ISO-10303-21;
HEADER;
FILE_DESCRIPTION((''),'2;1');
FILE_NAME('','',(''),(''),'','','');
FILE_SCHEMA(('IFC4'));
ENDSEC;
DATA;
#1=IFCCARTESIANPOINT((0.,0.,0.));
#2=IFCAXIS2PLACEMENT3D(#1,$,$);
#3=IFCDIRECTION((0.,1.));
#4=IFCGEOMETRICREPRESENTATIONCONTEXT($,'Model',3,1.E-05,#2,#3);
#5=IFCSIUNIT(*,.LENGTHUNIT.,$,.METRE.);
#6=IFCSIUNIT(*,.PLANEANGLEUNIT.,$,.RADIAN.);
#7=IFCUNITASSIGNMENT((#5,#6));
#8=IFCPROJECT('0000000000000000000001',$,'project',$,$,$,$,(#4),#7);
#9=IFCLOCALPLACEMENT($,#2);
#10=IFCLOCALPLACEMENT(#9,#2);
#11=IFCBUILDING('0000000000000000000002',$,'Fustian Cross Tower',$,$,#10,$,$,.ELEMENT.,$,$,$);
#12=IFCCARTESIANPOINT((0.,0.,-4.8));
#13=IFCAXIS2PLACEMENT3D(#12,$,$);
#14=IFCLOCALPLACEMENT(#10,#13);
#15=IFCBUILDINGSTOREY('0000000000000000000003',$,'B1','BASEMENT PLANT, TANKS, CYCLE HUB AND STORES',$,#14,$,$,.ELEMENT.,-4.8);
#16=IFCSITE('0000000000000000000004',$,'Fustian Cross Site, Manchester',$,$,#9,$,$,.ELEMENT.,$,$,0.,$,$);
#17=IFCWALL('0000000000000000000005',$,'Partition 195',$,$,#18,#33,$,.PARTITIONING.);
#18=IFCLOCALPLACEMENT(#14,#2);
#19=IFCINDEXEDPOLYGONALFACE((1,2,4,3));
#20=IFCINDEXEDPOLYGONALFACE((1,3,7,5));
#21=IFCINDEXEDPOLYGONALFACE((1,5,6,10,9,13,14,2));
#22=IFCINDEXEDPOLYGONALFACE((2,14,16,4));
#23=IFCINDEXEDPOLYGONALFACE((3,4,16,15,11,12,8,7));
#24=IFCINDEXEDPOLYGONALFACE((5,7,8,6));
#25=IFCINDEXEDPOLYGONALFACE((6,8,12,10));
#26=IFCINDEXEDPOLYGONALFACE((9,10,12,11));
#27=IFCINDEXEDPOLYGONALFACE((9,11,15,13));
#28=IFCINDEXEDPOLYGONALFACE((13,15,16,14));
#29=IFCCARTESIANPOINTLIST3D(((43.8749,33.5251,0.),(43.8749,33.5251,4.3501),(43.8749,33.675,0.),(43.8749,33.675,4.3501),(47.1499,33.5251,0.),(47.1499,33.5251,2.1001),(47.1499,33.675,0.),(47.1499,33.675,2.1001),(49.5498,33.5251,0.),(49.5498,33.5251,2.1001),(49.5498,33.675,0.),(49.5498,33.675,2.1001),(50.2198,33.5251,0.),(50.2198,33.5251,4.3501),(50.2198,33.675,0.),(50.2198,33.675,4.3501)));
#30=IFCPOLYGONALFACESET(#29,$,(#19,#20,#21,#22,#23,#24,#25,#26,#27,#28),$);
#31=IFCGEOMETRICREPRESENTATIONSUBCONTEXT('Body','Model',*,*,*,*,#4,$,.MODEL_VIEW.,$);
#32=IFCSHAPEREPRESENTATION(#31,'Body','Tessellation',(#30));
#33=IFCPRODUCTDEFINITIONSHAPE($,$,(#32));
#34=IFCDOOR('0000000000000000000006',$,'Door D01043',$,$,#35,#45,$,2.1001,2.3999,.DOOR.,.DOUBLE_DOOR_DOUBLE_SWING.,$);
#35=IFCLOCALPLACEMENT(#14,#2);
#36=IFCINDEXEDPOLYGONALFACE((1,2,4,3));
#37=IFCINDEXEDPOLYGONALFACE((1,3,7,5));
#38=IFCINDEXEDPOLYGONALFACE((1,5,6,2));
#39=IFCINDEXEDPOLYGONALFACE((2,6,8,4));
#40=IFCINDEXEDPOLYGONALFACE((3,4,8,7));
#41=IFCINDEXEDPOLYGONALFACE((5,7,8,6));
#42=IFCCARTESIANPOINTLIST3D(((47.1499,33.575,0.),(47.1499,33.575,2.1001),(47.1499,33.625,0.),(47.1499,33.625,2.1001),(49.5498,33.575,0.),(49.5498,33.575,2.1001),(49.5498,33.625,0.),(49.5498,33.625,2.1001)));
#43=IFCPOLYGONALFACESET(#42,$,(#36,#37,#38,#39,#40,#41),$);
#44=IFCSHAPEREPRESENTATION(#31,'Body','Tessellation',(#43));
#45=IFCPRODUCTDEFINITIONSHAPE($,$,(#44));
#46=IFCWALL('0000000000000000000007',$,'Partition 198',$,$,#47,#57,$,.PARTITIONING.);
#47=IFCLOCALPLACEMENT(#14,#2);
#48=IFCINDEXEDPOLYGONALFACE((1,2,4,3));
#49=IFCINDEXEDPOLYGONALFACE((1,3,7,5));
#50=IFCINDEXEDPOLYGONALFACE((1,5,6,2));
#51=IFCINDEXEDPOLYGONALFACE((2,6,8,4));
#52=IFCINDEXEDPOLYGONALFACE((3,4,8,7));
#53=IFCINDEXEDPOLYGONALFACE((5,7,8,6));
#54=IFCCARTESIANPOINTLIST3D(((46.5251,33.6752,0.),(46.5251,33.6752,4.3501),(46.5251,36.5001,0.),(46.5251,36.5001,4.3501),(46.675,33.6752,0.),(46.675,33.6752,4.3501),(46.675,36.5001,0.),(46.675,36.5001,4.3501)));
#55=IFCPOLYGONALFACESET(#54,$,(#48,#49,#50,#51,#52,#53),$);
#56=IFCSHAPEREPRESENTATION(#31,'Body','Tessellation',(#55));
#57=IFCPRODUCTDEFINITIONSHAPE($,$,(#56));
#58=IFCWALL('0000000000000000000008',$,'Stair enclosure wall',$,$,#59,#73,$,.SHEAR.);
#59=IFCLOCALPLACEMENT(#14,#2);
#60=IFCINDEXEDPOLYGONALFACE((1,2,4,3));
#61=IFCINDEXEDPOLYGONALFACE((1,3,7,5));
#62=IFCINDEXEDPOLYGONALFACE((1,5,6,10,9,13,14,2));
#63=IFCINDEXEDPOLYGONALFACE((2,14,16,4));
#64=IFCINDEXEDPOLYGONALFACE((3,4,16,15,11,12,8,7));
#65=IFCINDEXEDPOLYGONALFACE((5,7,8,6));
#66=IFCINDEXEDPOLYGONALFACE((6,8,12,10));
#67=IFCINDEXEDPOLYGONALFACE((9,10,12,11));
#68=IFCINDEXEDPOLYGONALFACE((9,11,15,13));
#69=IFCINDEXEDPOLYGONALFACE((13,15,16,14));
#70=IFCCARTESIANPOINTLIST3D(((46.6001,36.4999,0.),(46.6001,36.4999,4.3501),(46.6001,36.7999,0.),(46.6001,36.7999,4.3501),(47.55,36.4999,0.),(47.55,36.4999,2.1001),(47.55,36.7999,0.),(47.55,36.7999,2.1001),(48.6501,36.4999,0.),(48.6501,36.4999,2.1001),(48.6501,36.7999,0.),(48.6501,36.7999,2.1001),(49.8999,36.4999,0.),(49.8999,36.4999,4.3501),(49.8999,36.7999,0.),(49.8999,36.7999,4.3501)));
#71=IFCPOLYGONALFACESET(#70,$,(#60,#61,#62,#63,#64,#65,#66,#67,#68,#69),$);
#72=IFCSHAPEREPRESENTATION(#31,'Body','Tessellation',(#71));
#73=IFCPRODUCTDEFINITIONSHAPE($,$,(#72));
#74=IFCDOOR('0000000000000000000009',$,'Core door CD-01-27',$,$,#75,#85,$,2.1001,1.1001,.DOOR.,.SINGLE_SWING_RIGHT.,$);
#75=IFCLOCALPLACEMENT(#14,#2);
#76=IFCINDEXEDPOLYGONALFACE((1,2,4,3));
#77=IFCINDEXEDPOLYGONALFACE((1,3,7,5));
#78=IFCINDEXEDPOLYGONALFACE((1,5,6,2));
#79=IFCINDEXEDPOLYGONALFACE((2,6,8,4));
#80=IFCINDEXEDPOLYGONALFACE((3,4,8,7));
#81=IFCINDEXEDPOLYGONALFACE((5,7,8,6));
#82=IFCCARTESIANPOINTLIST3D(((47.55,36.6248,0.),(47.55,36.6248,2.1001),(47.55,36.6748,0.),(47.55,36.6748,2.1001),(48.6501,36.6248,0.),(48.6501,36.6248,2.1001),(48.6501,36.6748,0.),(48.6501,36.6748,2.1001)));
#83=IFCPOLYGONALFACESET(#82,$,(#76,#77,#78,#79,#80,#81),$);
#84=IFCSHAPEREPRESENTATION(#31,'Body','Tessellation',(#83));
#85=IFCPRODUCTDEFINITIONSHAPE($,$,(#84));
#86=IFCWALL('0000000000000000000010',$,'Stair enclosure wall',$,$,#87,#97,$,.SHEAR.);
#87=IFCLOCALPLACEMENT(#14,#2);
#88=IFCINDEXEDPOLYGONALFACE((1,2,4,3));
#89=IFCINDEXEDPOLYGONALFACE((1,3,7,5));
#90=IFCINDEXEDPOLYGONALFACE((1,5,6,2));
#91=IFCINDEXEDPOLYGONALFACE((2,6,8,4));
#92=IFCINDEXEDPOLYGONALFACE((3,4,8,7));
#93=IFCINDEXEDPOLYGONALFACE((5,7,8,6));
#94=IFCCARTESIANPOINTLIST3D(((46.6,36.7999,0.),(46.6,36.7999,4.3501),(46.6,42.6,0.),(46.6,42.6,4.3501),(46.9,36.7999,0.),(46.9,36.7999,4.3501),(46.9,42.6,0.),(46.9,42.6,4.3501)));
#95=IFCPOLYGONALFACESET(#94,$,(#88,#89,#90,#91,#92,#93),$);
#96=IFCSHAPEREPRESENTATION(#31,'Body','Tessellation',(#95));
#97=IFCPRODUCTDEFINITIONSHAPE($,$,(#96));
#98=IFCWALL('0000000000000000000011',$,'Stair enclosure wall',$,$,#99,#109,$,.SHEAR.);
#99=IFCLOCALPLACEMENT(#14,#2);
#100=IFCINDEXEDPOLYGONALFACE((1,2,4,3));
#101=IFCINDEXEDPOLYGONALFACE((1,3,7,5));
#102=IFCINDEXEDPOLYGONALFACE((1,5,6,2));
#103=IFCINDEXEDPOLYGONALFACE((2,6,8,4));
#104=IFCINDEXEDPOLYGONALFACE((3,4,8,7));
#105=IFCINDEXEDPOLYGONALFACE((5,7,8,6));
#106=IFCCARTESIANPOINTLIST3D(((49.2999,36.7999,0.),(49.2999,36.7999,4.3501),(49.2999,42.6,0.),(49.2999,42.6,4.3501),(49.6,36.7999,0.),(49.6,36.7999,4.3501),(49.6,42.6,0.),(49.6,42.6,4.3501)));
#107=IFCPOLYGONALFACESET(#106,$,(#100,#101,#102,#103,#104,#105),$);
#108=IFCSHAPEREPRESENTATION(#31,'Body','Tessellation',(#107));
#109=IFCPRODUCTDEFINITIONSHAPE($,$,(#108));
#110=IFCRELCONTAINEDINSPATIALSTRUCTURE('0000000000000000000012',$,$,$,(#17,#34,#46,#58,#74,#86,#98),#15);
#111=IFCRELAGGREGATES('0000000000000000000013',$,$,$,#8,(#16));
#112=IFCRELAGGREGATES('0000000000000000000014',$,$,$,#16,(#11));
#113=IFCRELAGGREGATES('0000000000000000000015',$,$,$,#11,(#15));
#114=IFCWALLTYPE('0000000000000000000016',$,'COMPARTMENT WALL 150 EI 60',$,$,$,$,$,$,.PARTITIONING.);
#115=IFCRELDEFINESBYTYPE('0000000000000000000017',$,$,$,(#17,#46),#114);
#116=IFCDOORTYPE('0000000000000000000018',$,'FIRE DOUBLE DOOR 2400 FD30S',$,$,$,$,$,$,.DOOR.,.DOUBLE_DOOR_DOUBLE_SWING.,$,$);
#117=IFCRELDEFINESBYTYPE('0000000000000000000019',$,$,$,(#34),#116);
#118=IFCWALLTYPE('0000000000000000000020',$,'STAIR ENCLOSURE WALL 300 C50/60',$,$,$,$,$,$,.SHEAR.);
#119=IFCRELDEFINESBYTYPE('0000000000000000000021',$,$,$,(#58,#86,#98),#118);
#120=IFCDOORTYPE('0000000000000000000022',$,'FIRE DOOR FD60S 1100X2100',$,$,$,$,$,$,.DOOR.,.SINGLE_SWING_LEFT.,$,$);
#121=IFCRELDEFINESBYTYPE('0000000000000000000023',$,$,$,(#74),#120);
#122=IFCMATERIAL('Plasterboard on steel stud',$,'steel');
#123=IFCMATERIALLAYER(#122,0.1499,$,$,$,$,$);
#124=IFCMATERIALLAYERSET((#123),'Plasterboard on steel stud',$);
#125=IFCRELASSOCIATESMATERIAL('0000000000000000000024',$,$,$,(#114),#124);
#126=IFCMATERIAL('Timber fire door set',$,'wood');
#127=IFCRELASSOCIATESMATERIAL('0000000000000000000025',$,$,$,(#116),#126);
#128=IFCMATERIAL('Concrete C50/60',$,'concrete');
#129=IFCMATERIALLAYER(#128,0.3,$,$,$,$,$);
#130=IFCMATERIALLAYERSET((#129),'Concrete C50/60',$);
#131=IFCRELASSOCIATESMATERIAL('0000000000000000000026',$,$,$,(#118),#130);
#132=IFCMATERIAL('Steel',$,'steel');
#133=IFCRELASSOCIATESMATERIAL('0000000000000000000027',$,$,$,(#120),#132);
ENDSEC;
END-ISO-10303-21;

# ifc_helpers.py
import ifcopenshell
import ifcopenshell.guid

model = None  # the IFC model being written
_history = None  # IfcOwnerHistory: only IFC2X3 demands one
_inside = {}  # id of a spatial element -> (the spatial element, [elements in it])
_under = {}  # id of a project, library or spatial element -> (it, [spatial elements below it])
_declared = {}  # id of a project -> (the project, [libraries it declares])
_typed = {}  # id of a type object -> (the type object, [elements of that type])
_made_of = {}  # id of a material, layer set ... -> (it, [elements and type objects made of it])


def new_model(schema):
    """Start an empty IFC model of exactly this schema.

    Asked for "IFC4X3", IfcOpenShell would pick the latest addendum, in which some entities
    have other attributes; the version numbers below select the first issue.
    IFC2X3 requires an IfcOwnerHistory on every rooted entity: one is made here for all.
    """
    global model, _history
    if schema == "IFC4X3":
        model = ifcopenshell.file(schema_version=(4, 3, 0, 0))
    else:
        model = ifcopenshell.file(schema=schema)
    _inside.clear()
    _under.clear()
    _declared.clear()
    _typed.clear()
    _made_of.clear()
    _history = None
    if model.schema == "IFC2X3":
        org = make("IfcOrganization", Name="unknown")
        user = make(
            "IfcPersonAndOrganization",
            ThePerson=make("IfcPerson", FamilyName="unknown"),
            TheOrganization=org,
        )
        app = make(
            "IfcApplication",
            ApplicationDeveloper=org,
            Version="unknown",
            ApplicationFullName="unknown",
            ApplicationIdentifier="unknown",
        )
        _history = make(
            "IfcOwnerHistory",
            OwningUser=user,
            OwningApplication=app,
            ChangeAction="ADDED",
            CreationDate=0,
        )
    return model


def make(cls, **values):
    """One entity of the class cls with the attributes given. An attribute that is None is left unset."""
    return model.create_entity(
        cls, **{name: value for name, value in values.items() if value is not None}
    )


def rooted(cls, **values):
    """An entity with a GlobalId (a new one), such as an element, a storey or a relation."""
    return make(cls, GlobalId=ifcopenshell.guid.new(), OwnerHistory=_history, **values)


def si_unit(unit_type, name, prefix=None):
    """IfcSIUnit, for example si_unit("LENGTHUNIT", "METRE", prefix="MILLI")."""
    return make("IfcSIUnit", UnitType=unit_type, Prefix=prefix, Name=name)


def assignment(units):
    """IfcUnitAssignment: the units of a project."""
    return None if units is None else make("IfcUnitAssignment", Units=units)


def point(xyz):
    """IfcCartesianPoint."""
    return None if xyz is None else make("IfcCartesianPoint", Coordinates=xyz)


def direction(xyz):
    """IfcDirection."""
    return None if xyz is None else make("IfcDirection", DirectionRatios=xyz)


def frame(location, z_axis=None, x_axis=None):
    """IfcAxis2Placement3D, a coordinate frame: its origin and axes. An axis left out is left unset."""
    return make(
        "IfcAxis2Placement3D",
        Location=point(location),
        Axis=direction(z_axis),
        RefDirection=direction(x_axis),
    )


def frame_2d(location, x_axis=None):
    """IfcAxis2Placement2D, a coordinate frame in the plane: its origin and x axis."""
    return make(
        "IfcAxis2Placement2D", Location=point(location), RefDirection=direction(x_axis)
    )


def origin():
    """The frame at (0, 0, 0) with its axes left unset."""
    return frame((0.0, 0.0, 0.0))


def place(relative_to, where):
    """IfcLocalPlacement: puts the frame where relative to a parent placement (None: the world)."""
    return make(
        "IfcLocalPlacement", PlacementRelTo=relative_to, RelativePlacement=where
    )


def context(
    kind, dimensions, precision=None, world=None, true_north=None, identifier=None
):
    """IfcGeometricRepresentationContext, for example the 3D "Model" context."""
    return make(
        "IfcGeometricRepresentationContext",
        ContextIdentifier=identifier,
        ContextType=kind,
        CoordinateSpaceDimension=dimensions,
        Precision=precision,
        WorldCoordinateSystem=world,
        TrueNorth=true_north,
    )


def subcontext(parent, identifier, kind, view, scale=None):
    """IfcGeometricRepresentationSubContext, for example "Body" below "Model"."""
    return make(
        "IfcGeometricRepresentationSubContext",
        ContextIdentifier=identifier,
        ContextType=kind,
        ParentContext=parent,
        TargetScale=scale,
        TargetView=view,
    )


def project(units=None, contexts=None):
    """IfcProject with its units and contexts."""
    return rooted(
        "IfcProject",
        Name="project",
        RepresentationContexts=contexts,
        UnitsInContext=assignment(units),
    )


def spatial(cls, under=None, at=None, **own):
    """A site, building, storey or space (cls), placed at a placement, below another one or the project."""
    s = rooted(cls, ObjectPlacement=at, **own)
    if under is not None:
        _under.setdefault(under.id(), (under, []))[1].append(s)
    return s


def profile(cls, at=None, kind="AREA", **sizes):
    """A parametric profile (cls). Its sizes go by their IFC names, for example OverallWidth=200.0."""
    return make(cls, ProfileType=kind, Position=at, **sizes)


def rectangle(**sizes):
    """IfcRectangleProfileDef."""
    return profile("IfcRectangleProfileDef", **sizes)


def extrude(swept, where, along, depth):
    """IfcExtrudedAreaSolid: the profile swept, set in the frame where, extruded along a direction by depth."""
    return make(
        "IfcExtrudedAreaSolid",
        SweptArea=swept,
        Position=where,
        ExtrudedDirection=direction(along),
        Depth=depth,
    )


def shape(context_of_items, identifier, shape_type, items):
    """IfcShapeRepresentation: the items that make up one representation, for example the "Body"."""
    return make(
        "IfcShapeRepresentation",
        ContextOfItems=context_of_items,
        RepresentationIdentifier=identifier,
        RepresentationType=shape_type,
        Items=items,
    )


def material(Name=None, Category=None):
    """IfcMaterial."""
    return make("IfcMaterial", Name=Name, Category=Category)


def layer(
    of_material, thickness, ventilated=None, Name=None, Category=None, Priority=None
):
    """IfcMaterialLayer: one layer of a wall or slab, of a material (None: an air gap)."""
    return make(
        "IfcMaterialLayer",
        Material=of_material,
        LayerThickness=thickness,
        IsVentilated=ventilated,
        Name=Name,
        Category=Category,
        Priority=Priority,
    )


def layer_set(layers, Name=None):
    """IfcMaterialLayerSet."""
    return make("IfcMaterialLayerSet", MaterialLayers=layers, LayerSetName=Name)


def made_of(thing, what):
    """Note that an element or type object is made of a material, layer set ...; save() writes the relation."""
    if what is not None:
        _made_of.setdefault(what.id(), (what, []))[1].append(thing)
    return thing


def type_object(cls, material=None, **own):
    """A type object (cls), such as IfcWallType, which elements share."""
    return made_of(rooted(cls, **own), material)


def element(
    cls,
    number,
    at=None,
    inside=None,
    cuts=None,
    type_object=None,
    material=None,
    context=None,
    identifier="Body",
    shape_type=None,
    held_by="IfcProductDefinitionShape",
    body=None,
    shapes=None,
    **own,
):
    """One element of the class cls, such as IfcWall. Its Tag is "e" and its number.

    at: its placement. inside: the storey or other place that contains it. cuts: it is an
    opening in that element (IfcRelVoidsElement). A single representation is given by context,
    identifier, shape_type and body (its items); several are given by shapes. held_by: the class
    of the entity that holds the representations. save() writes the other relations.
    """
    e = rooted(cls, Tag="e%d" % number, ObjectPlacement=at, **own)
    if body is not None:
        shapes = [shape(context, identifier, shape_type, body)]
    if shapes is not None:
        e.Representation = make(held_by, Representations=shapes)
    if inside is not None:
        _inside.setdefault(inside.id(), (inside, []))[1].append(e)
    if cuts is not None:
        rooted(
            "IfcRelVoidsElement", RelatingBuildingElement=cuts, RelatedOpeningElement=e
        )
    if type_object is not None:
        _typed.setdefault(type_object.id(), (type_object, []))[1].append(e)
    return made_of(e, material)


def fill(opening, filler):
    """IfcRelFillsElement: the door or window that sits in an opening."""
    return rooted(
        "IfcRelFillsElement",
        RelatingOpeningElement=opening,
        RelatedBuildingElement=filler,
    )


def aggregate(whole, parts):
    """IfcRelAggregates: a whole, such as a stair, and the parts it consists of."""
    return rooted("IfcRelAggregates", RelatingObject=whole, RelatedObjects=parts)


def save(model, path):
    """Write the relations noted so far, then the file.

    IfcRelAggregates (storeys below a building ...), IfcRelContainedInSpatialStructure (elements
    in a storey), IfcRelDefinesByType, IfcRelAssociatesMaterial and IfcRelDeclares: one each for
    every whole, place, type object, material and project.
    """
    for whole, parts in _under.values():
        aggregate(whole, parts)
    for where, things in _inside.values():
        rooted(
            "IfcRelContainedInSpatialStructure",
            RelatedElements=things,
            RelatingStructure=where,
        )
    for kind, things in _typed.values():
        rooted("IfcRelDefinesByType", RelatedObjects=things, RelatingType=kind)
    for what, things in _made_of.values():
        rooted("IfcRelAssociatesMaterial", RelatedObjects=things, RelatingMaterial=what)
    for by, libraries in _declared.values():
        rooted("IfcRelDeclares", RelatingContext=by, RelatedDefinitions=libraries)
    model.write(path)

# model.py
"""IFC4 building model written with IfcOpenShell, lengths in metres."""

from ifc_helpers import new_model, si_unit, direction, frame, frame_2d, origin, place, context, subcontext, project, spatial, rectangle, extrude, material, layer, layer_set, type_object, element, fill, save


model = new_model("IFC4")

# Units and contexts
model_context = context("Model", 3, precision=1e-05, world=origin(), true_north=direction((0.0, 1.0)))
body_context = subcontext(model_context, "Body", "Model", "MODEL_VIEW")
ifc_project = project(units=[si_unit("LENGTHUNIT", "METRE"), si_unit("PLANEANGLEUNIT", "RADIAN")], contexts=[model_context])

# Site, building, storey
site_placement = place(None, origin())
site = spatial("IfcSite", under=ifc_project, at=site_placement, Name="Fustian Cross Site, Manchester", CompositionType="ELEMENT", RefElevation=0.0)
building_placement = place(site_placement, origin())
building = spatial("IfcBuilding", under=site, at=building_placement, Name="Fustian Cross Tower", CompositionType="ELEMENT")
storey_placement = place(building_placement, frame((0.0, 0.0, -4.8)))
storey = spatial("IfcBuildingStorey", under=building, at=storey_placement, Name="B1", Description="BASEMENT PLANT, TANKS, CYCLE HUB AND STORES", CompositionType="ELEMENT", Elevation=-4.8)

# Shared definitions
ifc_material_1 = material(Name="Plasterboard on steel stud", Category="steel")
ifc_layer_1 = layer(ifc_material_1, 0.1499)
ifc_layer_set_1 = layer_set([ifc_layer_1], Name="Plasterboard on steel stud")
wall_type_1 = type_object("IfcWallType", Name="COMPARTMENT WALL 150 EI 60", PredefinedType="PARTITIONING", material=ifc_layer_set_1)

# Wall, opening, door
wall_1_placement = place(storey_placement, frame((43.875, 33.6001, 0.0), z_axis=(0.0, 0.0, 1.0), x_axis=(1.0, 0.0, 0.0)))
wall_1 = element("IfcWall", 1, at=wall_1_placement, inside=storey, type_object=wall_type_1, Name="Partition 195", PredefinedType="PARTITIONING", context=body_context, shape_type="SweptSolid", body=[
    extrude(rectangle(XDim=6.345, YDim=0.1499, at=frame_2d((3.1724, 0.0))), origin(), (0.0, 0.0, 1.0), 4.3501),
])
opening_1_placement = place(wall_1_placement, frame((3.2749, 0.0, 0.0)))
opening_1 = element("IfcOpeningElement", 2, at=opening_1_placement, cuts=wall_1, PredefinedType="OPENING", context=body_context, shape_type="SweptSolid", body=[
    extrude(rectangle(XDim=2.3999, YDim=2.1001, at=frame_2d((1.2, 1.05))), frame((0.0, 0.085, 0.0), z_axis=(0.0, -1.0, 0.0), x_axis=(1.0, 0.0, 0.0)), (0.0, 0.0, 1.0), 0.1699),
])
ifc_material_2 = material(Name="Timber fire door set", Category="wood")
door_type_1 = type_object("IfcDoorType", Name="FIRE DOUBLE DOOR 2400 FD30S", OperationType="DOUBLE_DOOR_DOUBLE_SWING", PredefinedType="DOOR", material=ifc_material_2)
door_1_placement = place(opening_1_placement, origin())
door_1 = element("IfcDoor", 3, at=door_1_placement, inside=storey, type_object=door_type_1, Name="Door D01043", OperationType="DOUBLE_DOOR_DOUBLE_SWING", OverallHeight=2.1001, OverallWidth=2.3999, PredefinedType="DOOR", context=body_context, shape_type="SweptSolid", body=[
    extrude(rectangle(XDim=2.3999, YDim=2.1001, at=frame_2d((1.2, 1.05))), frame((0.0, 0.0249, 0.0), z_axis=(0.0, -1.0, 0.0), x_axis=(1.0, 0.0, 0.0)), (0.0, 0.0, 1.0), 0.05),
])
fill(opening_1, door_1)

# Wall
wall_2_placement = place(storey_placement, frame((46.6001, 33.675, 0.0), z_axis=(0.0, 0.0, 1.0), x_axis=(0.0, 1.0, 0.0)))
element("IfcWall", 4, at=wall_2_placement, inside=storey, type_object=wall_type_1, Name="Partition 198", PredefinedType="PARTITIONING", context=body_context, shape_type="SweptSolid", body=[
    extrude(rectangle(XDim=2.825, YDim=0.1499, at=frame_2d((1.4126, 0.0))), origin(), (0.0, 0.0, 1.0), 4.3501),
])

# Wall, opening, door
ifc_material_3 = material(Name="Concrete C50/60", Category="concrete")
ifc_layer_2 = layer(ifc_material_3, 0.3)
ifc_layer_set_2 = layer_set([ifc_layer_2], Name="Concrete C50/60")
wall_type_2 = type_object("IfcWallType", Name="STAIR ENCLOSURE WALL 300 C50/60", PredefinedType="SHEAR", material=ifc_layer_set_2)
wall_3_placement = place(storey_placement, frame((46.6001, 36.6499, 0.0), z_axis=(0.0, 0.0, 1.0), x_axis=(1.0, 0.0, 0.0)))
wall_3 = element("IfcWall", 5, at=wall_3_placement, inside=storey, type_object=wall_type_2, Name="Stair enclosure wall", PredefinedType="SHEAR", context=body_context, shape_type="SweptSolid", body=[
    extrude(rectangle(XDim=3.2998, YDim=0.3, at=frame_2d((1.6499, 0.0))), origin(), (0.0, 0.0, 1.0), 4.3501),
])
opening_2_placement = place(wall_3_placement, frame((0.95, 0.0, 0.0)))
opening_2 = element("IfcOpeningElement", 6, at=opening_2_placement, cuts=wall_3, PredefinedType="OPENING", context=body_context, shape_type="SweptSolid", body=[
    extrude(rectangle(XDim=1.1001, YDim=2.1001, at=frame_2d((0.55, 1.05))), frame((0.0, 0.1599, 0.0), z_axis=(0.0, -1.0, 0.0), x_axis=(1.0, 0.0, 0.0)), (0.0, 0.0, 1.0), 0.3201),
])
ifc_material_4 = material(Name="Steel", Category="steel")
door_type_2 = type_object("IfcDoorType", Name="FIRE DOOR FD60S 1100X2100", OperationType="SINGLE_SWING_LEFT", PredefinedType="DOOR", material=ifc_material_4)
door_2_placement = place(opening_2_placement, origin())
door_2 = element("IfcDoor", 7, at=door_2_placement, inside=storey, type_object=door_type_2, Name="Core door CD-01-27", OperationType="SINGLE_SWING_RIGHT", OverallHeight=2.1001, OverallWidth=1.1001, PredefinedType="DOOR", context=body_context, shape_type="SweptSolid", body=[
    extrude(rectangle(XDim=1.1001, YDim=2.1001, at=frame_2d((0.55, 1.05))), frame((0.0, 0.0249, 0.0), z_axis=(0.0, -1.0, 0.0), x_axis=(1.0, 0.0, 0.0)), (0.0, 0.0, 1.0), 0.05),
])
fill(opening_2, door_2)

# Walls
for number, where, z_axis, x_axis, name in (
    (8, (46.75, 36.8, 0.0), (0.0, 0.0, 1.0), (0.0, 1.0, 0.0), "Stair enclosure wall"),
    (9, (49.45, 36.8, 0.0), (0.0, 0.0, 1.0), (0.0, 1.0, 0.0), "Stair enclosure wall"),
):
    element("IfcWall", number, at=place(storey_placement, frame(where, z_axis=z_axis, x_axis=x_axis)), inside=storey, type_object=wall_type_2, Name=name, PredefinedType="SHEAR", context=body_context, shape_type="SweptSolid", body=[
        extrude(rectangle(XDim=5.8, YDim=0.3, at=frame_2d((2.8999, 0.0))), origin(), (0.0, 0.0, 1.0), 4.3501),
    ])

save(model, "model.ifc")
